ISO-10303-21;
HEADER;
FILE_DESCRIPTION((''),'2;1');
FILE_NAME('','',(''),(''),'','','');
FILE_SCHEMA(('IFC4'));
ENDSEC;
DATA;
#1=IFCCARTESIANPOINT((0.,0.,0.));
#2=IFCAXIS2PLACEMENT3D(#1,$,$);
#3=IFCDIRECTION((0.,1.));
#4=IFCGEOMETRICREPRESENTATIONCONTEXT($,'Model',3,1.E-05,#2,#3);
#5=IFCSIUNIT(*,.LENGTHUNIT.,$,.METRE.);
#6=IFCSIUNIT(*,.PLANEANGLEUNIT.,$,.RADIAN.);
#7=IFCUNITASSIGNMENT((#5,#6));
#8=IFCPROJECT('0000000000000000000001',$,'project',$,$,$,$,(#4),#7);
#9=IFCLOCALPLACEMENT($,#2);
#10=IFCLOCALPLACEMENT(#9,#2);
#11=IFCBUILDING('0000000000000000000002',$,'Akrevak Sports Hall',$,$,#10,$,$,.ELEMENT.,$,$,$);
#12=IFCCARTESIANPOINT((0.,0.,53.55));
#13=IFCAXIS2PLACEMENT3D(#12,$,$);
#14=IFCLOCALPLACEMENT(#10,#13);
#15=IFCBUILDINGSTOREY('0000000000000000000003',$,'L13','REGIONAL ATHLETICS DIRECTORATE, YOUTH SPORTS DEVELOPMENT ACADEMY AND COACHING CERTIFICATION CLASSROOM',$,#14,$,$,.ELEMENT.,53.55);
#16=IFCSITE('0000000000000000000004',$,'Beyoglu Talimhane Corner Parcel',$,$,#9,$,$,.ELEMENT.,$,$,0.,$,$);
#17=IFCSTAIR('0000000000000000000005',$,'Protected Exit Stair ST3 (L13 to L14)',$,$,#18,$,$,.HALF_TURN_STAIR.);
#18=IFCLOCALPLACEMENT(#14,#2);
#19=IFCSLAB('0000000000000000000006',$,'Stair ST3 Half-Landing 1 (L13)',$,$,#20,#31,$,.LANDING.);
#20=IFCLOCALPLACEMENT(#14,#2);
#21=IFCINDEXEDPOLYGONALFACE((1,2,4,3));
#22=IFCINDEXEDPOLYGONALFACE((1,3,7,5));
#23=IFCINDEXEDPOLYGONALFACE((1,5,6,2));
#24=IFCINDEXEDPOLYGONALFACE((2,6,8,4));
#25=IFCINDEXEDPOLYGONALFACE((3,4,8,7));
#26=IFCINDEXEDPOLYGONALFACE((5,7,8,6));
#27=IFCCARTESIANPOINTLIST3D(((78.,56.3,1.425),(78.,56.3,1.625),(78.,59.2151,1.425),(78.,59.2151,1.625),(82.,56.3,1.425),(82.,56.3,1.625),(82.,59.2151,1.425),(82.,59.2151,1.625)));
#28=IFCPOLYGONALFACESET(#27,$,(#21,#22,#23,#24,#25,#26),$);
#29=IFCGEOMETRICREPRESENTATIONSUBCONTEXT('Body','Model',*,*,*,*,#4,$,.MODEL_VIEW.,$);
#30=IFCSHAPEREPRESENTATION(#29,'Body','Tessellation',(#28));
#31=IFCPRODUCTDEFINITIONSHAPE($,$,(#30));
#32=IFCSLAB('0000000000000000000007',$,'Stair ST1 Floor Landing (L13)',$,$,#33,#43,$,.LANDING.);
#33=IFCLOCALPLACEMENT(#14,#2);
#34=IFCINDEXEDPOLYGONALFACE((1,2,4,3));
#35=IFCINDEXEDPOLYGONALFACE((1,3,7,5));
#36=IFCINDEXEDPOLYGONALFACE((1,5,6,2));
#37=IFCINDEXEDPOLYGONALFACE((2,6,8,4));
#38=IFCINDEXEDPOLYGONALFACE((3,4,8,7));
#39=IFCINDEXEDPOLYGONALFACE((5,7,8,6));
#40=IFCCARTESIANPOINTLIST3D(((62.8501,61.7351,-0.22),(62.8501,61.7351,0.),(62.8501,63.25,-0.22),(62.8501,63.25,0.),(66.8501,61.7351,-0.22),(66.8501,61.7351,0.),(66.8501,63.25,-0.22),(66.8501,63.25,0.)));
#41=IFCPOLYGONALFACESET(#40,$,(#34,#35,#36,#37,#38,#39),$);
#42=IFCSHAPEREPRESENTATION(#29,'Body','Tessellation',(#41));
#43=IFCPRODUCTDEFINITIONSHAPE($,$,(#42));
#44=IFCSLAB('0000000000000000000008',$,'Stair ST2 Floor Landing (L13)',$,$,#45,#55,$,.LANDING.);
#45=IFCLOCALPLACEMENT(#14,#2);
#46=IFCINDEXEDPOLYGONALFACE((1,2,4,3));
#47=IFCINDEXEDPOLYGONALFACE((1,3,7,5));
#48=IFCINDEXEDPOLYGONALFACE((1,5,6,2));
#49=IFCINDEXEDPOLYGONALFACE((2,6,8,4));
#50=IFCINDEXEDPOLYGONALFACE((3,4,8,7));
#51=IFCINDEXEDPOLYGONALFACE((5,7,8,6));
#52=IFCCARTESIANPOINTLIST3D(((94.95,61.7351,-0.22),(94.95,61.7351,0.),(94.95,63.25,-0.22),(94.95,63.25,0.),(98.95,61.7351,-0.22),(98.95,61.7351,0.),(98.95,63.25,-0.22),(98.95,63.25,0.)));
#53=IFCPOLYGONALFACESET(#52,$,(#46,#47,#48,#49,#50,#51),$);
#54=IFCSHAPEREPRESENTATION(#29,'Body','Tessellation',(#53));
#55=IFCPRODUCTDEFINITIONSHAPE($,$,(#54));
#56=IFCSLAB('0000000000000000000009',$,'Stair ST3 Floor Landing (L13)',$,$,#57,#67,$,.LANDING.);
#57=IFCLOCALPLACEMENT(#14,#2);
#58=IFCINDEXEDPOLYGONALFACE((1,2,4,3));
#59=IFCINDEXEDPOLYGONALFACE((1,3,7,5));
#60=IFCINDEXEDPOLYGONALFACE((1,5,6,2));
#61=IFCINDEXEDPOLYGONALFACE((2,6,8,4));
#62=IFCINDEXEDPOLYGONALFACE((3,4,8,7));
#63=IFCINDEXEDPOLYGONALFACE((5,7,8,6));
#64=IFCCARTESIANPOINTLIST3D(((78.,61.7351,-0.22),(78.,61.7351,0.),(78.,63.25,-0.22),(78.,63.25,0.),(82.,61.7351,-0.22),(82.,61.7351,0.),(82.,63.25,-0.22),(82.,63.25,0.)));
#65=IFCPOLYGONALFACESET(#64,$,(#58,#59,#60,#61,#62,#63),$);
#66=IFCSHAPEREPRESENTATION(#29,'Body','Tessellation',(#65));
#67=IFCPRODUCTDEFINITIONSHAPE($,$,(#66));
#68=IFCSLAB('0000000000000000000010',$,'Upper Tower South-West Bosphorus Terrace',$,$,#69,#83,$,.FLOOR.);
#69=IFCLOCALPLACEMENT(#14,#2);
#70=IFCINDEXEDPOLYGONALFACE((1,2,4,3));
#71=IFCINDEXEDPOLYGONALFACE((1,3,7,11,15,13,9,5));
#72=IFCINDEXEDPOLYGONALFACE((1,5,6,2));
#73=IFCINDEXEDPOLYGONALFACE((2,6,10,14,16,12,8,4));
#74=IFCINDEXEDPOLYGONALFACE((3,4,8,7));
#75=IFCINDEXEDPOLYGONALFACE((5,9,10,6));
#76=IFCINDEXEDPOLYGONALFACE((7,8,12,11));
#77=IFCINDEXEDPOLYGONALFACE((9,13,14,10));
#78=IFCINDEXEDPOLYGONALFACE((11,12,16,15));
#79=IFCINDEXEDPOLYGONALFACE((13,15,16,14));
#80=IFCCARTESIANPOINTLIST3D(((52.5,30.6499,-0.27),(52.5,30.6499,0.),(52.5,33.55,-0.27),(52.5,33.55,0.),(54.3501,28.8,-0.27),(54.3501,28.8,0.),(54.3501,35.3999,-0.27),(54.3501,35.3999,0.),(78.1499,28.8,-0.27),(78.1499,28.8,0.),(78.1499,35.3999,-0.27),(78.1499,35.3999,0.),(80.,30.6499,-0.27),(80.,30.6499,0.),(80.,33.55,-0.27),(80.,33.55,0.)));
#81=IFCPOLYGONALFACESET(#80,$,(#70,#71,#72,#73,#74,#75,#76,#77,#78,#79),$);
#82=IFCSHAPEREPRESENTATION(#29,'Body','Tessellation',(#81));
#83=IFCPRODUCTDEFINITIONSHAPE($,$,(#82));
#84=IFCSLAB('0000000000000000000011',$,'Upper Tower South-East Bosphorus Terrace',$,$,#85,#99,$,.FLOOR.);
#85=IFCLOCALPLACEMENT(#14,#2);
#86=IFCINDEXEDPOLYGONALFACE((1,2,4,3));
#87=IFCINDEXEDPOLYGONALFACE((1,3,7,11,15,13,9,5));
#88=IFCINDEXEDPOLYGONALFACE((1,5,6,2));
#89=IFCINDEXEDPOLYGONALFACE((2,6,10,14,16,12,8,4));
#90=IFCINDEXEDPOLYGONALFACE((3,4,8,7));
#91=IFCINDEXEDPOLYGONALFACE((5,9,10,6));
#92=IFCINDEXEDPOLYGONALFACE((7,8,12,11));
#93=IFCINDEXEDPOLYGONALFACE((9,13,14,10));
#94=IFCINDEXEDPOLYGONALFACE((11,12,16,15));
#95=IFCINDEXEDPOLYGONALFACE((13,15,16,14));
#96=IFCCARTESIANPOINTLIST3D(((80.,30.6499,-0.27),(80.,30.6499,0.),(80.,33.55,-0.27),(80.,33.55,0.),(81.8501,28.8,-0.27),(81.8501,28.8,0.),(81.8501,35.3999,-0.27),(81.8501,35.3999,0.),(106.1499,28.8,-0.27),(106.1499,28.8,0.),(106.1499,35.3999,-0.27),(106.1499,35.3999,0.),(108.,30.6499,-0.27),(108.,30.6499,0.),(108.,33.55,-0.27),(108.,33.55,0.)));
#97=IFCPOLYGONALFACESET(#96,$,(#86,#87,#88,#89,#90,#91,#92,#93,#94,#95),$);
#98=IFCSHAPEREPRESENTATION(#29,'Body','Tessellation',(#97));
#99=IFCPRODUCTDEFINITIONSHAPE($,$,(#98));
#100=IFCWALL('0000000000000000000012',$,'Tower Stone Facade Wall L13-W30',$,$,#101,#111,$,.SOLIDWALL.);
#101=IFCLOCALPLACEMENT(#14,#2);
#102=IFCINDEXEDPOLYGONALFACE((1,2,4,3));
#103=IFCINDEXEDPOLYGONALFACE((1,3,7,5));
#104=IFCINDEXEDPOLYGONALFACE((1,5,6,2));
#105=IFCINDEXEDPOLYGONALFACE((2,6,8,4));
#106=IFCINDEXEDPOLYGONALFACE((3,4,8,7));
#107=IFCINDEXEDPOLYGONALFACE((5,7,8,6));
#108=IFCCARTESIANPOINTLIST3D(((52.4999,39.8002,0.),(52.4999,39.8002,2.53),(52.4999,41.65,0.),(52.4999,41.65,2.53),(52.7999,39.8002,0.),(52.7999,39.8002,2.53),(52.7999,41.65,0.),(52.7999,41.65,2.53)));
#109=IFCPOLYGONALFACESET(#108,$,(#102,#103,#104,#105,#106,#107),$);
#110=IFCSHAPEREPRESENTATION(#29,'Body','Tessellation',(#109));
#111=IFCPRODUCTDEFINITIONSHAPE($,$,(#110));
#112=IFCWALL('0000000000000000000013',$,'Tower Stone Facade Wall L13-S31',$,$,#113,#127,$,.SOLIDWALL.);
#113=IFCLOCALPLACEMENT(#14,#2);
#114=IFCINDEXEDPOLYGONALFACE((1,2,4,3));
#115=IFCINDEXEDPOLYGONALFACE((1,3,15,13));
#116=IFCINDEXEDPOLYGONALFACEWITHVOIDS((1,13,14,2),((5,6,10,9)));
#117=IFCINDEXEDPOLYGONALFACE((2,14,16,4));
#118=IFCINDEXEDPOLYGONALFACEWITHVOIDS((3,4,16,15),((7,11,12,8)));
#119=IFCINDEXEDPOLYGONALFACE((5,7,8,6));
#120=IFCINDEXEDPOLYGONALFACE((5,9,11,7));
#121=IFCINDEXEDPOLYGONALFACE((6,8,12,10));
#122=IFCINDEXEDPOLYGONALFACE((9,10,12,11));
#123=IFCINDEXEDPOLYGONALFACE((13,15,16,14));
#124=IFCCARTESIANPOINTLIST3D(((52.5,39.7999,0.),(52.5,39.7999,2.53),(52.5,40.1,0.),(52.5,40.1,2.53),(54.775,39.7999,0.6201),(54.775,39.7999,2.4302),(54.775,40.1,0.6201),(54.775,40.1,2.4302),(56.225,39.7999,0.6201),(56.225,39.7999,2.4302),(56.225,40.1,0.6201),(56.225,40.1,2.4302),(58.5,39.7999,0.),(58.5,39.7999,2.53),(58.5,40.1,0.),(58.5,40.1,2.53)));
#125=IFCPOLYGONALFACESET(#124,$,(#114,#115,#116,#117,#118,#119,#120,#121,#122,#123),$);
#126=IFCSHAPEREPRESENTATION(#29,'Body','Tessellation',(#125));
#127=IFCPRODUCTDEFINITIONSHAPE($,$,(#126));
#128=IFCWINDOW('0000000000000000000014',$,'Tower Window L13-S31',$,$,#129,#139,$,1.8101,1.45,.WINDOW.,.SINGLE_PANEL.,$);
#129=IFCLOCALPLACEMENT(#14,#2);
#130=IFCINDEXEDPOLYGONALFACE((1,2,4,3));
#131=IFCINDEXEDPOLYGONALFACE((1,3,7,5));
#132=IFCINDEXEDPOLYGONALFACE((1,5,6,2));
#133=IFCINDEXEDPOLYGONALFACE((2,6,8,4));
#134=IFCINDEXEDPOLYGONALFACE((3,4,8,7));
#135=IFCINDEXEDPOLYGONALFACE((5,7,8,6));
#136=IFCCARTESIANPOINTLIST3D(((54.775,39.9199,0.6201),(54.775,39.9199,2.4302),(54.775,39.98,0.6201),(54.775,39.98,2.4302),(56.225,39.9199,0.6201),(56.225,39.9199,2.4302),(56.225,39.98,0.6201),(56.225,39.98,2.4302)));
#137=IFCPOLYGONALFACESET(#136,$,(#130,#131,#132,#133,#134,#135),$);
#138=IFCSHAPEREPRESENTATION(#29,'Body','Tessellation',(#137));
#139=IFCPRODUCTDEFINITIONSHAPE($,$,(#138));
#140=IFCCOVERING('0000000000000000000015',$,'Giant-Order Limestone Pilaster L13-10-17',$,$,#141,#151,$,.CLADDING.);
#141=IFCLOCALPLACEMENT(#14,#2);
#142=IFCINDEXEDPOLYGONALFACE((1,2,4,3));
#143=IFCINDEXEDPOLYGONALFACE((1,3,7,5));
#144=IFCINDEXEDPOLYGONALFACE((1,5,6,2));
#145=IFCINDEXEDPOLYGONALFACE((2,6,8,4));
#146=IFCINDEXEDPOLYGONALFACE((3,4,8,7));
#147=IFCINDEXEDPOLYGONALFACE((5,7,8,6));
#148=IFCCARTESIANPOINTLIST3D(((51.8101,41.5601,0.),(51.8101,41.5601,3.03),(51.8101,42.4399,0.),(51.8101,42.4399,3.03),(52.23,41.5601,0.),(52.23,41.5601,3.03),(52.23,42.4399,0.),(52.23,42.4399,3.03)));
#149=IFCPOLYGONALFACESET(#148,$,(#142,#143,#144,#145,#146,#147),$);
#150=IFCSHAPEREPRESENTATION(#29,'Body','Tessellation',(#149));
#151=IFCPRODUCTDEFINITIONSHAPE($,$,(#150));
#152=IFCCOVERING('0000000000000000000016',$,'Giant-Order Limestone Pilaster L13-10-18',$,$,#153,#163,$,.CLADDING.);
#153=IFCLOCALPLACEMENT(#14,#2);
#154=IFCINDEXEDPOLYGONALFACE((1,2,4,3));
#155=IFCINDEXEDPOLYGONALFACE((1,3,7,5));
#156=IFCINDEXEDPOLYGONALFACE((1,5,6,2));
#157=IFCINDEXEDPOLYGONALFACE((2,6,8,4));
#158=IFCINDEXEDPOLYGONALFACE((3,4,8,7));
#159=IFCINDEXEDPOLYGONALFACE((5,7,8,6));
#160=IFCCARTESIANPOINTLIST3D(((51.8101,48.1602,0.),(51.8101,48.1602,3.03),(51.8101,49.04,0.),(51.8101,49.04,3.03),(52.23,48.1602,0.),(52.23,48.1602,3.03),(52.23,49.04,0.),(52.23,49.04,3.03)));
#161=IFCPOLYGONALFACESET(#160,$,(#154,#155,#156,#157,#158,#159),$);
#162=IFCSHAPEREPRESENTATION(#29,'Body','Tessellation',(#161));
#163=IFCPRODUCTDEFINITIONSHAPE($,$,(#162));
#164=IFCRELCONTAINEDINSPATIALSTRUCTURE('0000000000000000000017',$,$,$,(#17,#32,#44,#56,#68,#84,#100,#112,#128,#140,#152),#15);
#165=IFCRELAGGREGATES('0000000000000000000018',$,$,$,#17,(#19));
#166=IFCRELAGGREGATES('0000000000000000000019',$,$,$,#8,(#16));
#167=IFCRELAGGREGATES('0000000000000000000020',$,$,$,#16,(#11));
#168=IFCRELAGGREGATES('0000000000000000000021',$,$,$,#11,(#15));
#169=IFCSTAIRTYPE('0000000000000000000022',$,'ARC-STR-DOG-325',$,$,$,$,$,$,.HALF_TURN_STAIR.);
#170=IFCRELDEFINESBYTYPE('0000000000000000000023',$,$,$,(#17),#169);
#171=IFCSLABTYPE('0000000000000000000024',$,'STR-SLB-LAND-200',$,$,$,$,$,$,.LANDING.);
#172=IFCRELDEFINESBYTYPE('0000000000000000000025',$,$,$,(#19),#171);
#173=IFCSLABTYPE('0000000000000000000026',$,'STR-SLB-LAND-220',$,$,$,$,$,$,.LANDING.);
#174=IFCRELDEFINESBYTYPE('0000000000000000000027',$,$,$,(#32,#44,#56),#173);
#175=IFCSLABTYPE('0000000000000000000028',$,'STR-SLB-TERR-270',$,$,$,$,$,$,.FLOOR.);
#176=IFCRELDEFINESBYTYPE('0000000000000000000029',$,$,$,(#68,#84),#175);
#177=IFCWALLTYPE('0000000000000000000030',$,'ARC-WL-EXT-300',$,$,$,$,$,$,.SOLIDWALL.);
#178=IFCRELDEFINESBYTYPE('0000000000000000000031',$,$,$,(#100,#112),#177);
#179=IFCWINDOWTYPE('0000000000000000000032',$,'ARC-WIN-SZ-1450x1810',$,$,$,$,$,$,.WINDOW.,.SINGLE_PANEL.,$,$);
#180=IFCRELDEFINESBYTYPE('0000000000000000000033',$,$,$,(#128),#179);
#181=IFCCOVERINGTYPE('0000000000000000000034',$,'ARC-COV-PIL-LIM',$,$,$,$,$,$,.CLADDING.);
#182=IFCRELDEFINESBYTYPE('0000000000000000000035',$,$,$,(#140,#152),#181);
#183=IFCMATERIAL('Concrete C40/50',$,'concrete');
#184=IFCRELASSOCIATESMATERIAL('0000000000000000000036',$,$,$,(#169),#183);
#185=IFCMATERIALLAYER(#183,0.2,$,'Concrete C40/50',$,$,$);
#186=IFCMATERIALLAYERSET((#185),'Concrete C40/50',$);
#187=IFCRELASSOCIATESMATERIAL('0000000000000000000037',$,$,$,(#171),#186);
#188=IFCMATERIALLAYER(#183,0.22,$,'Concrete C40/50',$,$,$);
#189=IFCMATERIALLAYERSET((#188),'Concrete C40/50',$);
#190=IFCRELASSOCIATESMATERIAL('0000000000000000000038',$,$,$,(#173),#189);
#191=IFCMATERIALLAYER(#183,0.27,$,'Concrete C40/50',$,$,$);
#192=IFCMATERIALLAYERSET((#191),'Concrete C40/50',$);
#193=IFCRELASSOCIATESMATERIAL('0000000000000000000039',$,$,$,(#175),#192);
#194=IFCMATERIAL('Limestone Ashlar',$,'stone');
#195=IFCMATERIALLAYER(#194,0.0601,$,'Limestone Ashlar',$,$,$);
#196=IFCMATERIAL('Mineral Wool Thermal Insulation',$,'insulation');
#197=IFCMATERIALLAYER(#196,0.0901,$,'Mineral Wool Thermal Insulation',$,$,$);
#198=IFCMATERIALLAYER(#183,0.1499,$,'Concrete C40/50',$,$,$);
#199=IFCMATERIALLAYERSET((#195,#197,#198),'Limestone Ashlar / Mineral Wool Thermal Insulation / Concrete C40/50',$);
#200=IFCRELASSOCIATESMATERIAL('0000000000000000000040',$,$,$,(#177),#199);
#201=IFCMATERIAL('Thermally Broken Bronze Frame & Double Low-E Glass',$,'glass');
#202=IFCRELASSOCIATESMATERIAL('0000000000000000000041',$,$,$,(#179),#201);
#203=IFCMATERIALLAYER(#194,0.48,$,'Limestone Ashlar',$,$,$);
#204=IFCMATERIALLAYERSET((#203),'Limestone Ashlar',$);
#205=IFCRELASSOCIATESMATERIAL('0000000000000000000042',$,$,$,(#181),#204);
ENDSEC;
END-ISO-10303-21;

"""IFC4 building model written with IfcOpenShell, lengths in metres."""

from ifc_helpers import new_model, si_unit, direction, frame, frame_2d, origin, origin_2d, place, context, subcontext, project, spatial, polyline, rectangle, outline, extrude, material, layer, layer_set, type_object, element, fill, aggregate, save


model = new_model("IFC4")

# Units and contexts
model_context = context("Model", 3, precision=1e-05, world=origin(), true_north=direction((0.0, 1.0)))
body_context = subcontext(model_context, "Body", "Model", "MODEL_VIEW")
ifc_project = project(units=[si_unit("LENGTHUNIT", "METRE"), si_unit("PLANEANGLEUNIT", "RADIAN")], contexts=[model_context])

# Site, building, storey
site_placement = place(None, origin())
site = spatial("IfcSite", under=ifc_project, at=site_placement, Name="Beyoglu Talimhane Corner Parcel", CompositionType="ELEMENT", RefElevation=0.0)
building_placement = place(site_placement, origin())
building = spatial("IfcBuilding", under=site, at=building_placement, Name="Akrevak Sports Hall", CompositionType="ELEMENT")
storey_placement = place(building_placement, frame((0.0, 0.0, 53.55)))
storey = spatial("IfcBuildingStorey", under=building, at=storey_placement, Name="L13", Description="REGIONAL ATHLETICS DIRECTORATE, YOUTH SPORTS DEVELOPMENT ACADEMY AND COACHING CERTIFICATION CLASSROOM", CompositionType="ELEMENT", Elevation=53.55)

# Shared definitions
ifc_material_1 = material(Name="Concrete C40/50", Category="concrete")

# Stair, slab
stair_type = type_object("IfcStairType", Name="ARC-STR-DOG-325", PredefinedType="HALF_TURN_STAIR", material=ifc_material_1)
ifc_layer_1 = layer(ifc_material_1, 0.2, Name="Concrete C40/50")
ifc_layer_set_1 = layer_set([ifc_layer_1], Name="Concrete C40/50")
slab_type_1 = type_object("IfcSlabType", Name="STR-SLB-LAND-200", PredefinedType="LANDING", material=ifc_layer_set_1)
stair_1_placement = place(storey_placement, origin())
stair_1 = element("IfcStair", 1, at=stair_1_placement, inside=storey, type_object=stair_type, Name="Protected Exit Stair ST3 (L13 to L14)", PredefinedType="HALF_TURN_STAIR")
slab_1_placement = place(storey_placement, frame((0.0, 0.0, 1.425)))
slab_1 = element("IfcSlab", 2, at=slab_1_placement, type_object=slab_type_1, Name="Stair ST3 Half-Landing 1 (L13)", PredefinedType="LANDING", context=body_context, shape_type="SweptSolid", body=[
    extrude(outline(polyline([(78.0, 56.3), (82.0, 56.3), (82.0, 59.2151), (78.0, 59.2151), (78.0, 56.3)])), origin(), (0.0, 0.0, 1.0), 0.2),
])
aggregate(stair_1, [slab_1])

# Slabs
ifc_layer_2 = layer(ifc_material_1, 0.22, Name="Concrete C40/50")
ifc_layer_set_2 = layer_set([ifc_layer_2], Name="Concrete C40/50")
slab_type_2 = type_object("IfcSlabType", Name="STR-SLB-LAND-220", PredefinedType="LANDING", material=ifc_layer_set_2)
slab_2_placement = place(storey_placement, frame((0.0, 0.0, -0.22)))
element("IfcSlab", 3, at=slab_2_placement, inside=storey, type_object=slab_type_2, Name="Stair ST1 Floor Landing (L13)", PredefinedType="LANDING", context=body_context, shape_type="SweptSolid", body=[
    extrude(outline(polyline([(62.8501, 61.7351), (66.8501, 61.7351), (66.8501, 63.25), (62.8501, 63.25), (62.8501, 61.7351)])), origin(), (0.0, 0.0, 1.0), 0.22),
])
slab_3_placement = place(storey_placement, frame((0.0, 0.0, -0.22)))
element("IfcSlab", 4, at=slab_3_placement, inside=storey, type_object=slab_type_2, Name="Stair ST2 Floor Landing (L13)", PredefinedType="LANDING", context=body_context, shape_type="SweptSolid", body=[
    extrude(outline(polyline([(94.95, 61.7351), (98.95, 61.7351), (98.95, 63.25), (94.95, 63.25), (94.95, 61.7351)])), origin(), (0.0, 0.0, 1.0), 0.22),
])
slab_4_placement = place(storey_placement, frame((0.0, 0.0, -0.22)))
element("IfcSlab", 5, at=slab_4_placement, inside=storey, type_object=slab_type_2, Name="Stair ST3 Floor Landing (L13)", PredefinedType="LANDING", context=body_context, shape_type="SweptSolid", body=[
    extrude(outline(polyline([(78.0, 61.7351), (82.0, 61.7351), (82.0, 63.25), (78.0, 63.25), (78.0, 61.7351)])), origin(), (0.0, 0.0, 1.0), 0.22),
])
ifc_layer_3 = layer(ifc_material_1, 0.27, Name="Concrete C40/50")
ifc_layer_set_3 = layer_set([ifc_layer_3], Name="Concrete C40/50")
slab_type_3 = type_object("IfcSlabType", Name="STR-SLB-TERR-270", PredefinedType="FLOOR", material=ifc_layer_set_3)
slab_5_placement = place(storey_placement, frame((0.0, 0.0, -0.27)))
element("IfcSlab", 6, at=slab_5_placement, inside=storey, type_object=slab_type_3, Name="Upper Tower South-West Bosphorus Terrace", PredefinedType="FLOOR", context=body_context, shape_type="SweptSolid", body=[
    extrude(outline(polyline([(78.1499, 28.8), (80.0, 30.6499), (80.0, 33.55), (78.1499, 35.3999), (54.3501, 35.3999), (52.5, 33.55), (52.5, 30.6499), (54.3501, 28.8), (78.1499, 28.8)])), origin(), (0.0, 0.0, 1.0), 0.27),
])
slab_6_placement = place(storey_placement, frame((0.0, 0.0, -0.27)))
element("IfcSlab", 7, at=slab_6_placement, inside=storey, type_object=slab_type_3, Name="Upper Tower South-East Bosphorus Terrace", PredefinedType="FLOOR", context=body_context, shape_type="SweptSolid", body=[
    extrude(outline(polyline([(106.1499, 28.8), (108.0, 30.6499), (108.0, 33.55), (106.1499, 35.3999), (81.8501, 35.3999), (80.0, 33.55), (80.0, 30.6499), (81.8501, 28.8), (106.1499, 28.8)])), origin(), (0.0, 0.0, 1.0), 0.27),
])

# Wall
ifc_material_2 = material(Name="Limestone Ashlar", Category="stone")
ifc_layer_4 = layer(ifc_material_2, 0.0601, Name="Limestone Ashlar")
ifc_material_3 = material(Name="Mineral Wool Thermal Insulation", Category="insulation")
ifc_layer_5 = layer(ifc_material_3, 0.0901, Name="Mineral Wool Thermal Insulation")
ifc_layer_6 = layer(ifc_material_1, 0.1499, Name="Concrete C40/50")
ifc_layer_set_4 = layer_set([ifc_layer_4, ifc_layer_5, ifc_layer_6], Name="Limestone Ashlar / Mineral Wool Thermal Insulation / Concrete C40/50")
wall_type = type_object("IfcWallType", Name="ARC-WL-EXT-300", PredefinedType="SOLIDWALL", material=ifc_layer_set_4)
wall_1_placement = place(storey_placement, frame((52.6499, 41.6499, 0.0), z_axis=(0.0, 0.0, 1.0), x_axis=(0.0, -1.0, 0.0)))
element("IfcWall", 8, at=wall_1_placement, inside=storey, type_object=wall_type, Name="Tower Stone Facade Wall L13-W30", PredefinedType="SOLIDWALL", context=body_context, shape_type="SweptSolid", body=[
    extrude(rectangle(XDim=1.8499, YDim=0.3, at=frame_2d((0.9248, 0.0))), origin(), (0.0, 0.0, 1.0), 2.53),
])

# Wall, opening, window
wall_2_placement = place(storey_placement, frame((52.5, 39.95, 0.0), z_axis=(0.0, 0.0, 1.0), x_axis=(1.0, 0.0, 0.0)))
wall_2 = element("IfcWall", 9, at=wall_2_placement, inside=storey, type_object=wall_type, Name="Tower Stone Facade Wall L13-S31", PredefinedType="SOLIDWALL", context=body_context, shape_type="SweptSolid", body=[
    extrude(rectangle(XDim=6.0, YDim=0.3, at=frame_2d((3.0, 0.0))), origin(), (0.0, 0.0, 1.0), 2.53),
])
opening_placement = place(wall_2_placement, frame((2.2749, 0.0, 0.6201)))
opening = element("IfcOpeningElement", 10, at=opening_placement, cuts=wall_2, PredefinedType="OPENING", context=body_context, shape_type="SweptSolid", body=[
    extrude(rectangle(XDim=1.45, YDim=1.8101, at=frame_2d((0.7251, 0.905))), frame((0.0, 0.1621, 0.0), z_axis=(0.0, -1.0, 0.0), x_axis=(1.0, 0.0, 0.0)), (0.0, 0.0, 1.0), 0.324),
])
ifc_material_4 = material(Name="Thermally Broken Bronze Frame & Double Low-E Glass", Category="glass")
window_type = type_object("IfcWindowType", Name="ARC-WIN-SZ-1450x1810", PartitioningType="SINGLE_PANEL", PredefinedType="WINDOW", material=ifc_material_4)
window_placement = place(opening_placement, origin())
window = element("IfcWindow", 11, at=window_placement, inside=storey, type_object=window_type, Name="Tower Window L13-S31", OverallHeight=1.8101, OverallWidth=1.45, PartitioningType="SINGLE_PANEL", PredefinedType="WINDOW", context=body_context, shape_type="SweptSolid", body=[
    extrude(rectangle(XDim=1.45, YDim=1.8101, at=frame_2d((0.7251, 0.905))), frame((0.0, 0.03, 0.0), z_axis=(0.0, -1.0, 0.0), x_axis=(1.0, 0.0, 0.0)), (0.0, 0.0, 1.0), 0.0601),
])
fill(opening, window)

# Coverings
ifc_layer_7 = layer(ifc_material_2, 0.48, Name="Limestone Ashlar")
ifc_layer_set_5 = layer_set([ifc_layer_7], Name="Limestone Ashlar")
covering_type = type_object("IfcCoveringType", Name="ARC-COV-PIL-LIM", PredefinedType="CLADDING", material=ifc_layer_set_5)
for number, where, z_axis, x_axis, name in (
    (12, (52.02, 42.0, 0.0), (0.0, 0.0, 1.0), (0.0, -1.0, 0.0), "Giant-Order Limestone Pilaster L13-10-17"),
    (13, (52.02, 48.6001, 0.0), (0.0, 0.0, 1.0), (0.0, -1.0, 0.0), "Giant-Order Limestone Pilaster L13-10-18"),
):
    element("IfcCovering", number, at=place(storey_placement, frame(where, z_axis=z_axis, x_axis=x_axis)), inside=storey, type_object=covering_type, Name=name, PredefinedType="CLADDING", context=body_context, shape_type="SweptSolid", body=[
        extrude(rectangle(XDim=0.8799, YDim=0.4199, at=origin_2d()), origin(), (0.0, 0.0, 1.0), 3.03),
    ])

save(model, "model.ifc")
